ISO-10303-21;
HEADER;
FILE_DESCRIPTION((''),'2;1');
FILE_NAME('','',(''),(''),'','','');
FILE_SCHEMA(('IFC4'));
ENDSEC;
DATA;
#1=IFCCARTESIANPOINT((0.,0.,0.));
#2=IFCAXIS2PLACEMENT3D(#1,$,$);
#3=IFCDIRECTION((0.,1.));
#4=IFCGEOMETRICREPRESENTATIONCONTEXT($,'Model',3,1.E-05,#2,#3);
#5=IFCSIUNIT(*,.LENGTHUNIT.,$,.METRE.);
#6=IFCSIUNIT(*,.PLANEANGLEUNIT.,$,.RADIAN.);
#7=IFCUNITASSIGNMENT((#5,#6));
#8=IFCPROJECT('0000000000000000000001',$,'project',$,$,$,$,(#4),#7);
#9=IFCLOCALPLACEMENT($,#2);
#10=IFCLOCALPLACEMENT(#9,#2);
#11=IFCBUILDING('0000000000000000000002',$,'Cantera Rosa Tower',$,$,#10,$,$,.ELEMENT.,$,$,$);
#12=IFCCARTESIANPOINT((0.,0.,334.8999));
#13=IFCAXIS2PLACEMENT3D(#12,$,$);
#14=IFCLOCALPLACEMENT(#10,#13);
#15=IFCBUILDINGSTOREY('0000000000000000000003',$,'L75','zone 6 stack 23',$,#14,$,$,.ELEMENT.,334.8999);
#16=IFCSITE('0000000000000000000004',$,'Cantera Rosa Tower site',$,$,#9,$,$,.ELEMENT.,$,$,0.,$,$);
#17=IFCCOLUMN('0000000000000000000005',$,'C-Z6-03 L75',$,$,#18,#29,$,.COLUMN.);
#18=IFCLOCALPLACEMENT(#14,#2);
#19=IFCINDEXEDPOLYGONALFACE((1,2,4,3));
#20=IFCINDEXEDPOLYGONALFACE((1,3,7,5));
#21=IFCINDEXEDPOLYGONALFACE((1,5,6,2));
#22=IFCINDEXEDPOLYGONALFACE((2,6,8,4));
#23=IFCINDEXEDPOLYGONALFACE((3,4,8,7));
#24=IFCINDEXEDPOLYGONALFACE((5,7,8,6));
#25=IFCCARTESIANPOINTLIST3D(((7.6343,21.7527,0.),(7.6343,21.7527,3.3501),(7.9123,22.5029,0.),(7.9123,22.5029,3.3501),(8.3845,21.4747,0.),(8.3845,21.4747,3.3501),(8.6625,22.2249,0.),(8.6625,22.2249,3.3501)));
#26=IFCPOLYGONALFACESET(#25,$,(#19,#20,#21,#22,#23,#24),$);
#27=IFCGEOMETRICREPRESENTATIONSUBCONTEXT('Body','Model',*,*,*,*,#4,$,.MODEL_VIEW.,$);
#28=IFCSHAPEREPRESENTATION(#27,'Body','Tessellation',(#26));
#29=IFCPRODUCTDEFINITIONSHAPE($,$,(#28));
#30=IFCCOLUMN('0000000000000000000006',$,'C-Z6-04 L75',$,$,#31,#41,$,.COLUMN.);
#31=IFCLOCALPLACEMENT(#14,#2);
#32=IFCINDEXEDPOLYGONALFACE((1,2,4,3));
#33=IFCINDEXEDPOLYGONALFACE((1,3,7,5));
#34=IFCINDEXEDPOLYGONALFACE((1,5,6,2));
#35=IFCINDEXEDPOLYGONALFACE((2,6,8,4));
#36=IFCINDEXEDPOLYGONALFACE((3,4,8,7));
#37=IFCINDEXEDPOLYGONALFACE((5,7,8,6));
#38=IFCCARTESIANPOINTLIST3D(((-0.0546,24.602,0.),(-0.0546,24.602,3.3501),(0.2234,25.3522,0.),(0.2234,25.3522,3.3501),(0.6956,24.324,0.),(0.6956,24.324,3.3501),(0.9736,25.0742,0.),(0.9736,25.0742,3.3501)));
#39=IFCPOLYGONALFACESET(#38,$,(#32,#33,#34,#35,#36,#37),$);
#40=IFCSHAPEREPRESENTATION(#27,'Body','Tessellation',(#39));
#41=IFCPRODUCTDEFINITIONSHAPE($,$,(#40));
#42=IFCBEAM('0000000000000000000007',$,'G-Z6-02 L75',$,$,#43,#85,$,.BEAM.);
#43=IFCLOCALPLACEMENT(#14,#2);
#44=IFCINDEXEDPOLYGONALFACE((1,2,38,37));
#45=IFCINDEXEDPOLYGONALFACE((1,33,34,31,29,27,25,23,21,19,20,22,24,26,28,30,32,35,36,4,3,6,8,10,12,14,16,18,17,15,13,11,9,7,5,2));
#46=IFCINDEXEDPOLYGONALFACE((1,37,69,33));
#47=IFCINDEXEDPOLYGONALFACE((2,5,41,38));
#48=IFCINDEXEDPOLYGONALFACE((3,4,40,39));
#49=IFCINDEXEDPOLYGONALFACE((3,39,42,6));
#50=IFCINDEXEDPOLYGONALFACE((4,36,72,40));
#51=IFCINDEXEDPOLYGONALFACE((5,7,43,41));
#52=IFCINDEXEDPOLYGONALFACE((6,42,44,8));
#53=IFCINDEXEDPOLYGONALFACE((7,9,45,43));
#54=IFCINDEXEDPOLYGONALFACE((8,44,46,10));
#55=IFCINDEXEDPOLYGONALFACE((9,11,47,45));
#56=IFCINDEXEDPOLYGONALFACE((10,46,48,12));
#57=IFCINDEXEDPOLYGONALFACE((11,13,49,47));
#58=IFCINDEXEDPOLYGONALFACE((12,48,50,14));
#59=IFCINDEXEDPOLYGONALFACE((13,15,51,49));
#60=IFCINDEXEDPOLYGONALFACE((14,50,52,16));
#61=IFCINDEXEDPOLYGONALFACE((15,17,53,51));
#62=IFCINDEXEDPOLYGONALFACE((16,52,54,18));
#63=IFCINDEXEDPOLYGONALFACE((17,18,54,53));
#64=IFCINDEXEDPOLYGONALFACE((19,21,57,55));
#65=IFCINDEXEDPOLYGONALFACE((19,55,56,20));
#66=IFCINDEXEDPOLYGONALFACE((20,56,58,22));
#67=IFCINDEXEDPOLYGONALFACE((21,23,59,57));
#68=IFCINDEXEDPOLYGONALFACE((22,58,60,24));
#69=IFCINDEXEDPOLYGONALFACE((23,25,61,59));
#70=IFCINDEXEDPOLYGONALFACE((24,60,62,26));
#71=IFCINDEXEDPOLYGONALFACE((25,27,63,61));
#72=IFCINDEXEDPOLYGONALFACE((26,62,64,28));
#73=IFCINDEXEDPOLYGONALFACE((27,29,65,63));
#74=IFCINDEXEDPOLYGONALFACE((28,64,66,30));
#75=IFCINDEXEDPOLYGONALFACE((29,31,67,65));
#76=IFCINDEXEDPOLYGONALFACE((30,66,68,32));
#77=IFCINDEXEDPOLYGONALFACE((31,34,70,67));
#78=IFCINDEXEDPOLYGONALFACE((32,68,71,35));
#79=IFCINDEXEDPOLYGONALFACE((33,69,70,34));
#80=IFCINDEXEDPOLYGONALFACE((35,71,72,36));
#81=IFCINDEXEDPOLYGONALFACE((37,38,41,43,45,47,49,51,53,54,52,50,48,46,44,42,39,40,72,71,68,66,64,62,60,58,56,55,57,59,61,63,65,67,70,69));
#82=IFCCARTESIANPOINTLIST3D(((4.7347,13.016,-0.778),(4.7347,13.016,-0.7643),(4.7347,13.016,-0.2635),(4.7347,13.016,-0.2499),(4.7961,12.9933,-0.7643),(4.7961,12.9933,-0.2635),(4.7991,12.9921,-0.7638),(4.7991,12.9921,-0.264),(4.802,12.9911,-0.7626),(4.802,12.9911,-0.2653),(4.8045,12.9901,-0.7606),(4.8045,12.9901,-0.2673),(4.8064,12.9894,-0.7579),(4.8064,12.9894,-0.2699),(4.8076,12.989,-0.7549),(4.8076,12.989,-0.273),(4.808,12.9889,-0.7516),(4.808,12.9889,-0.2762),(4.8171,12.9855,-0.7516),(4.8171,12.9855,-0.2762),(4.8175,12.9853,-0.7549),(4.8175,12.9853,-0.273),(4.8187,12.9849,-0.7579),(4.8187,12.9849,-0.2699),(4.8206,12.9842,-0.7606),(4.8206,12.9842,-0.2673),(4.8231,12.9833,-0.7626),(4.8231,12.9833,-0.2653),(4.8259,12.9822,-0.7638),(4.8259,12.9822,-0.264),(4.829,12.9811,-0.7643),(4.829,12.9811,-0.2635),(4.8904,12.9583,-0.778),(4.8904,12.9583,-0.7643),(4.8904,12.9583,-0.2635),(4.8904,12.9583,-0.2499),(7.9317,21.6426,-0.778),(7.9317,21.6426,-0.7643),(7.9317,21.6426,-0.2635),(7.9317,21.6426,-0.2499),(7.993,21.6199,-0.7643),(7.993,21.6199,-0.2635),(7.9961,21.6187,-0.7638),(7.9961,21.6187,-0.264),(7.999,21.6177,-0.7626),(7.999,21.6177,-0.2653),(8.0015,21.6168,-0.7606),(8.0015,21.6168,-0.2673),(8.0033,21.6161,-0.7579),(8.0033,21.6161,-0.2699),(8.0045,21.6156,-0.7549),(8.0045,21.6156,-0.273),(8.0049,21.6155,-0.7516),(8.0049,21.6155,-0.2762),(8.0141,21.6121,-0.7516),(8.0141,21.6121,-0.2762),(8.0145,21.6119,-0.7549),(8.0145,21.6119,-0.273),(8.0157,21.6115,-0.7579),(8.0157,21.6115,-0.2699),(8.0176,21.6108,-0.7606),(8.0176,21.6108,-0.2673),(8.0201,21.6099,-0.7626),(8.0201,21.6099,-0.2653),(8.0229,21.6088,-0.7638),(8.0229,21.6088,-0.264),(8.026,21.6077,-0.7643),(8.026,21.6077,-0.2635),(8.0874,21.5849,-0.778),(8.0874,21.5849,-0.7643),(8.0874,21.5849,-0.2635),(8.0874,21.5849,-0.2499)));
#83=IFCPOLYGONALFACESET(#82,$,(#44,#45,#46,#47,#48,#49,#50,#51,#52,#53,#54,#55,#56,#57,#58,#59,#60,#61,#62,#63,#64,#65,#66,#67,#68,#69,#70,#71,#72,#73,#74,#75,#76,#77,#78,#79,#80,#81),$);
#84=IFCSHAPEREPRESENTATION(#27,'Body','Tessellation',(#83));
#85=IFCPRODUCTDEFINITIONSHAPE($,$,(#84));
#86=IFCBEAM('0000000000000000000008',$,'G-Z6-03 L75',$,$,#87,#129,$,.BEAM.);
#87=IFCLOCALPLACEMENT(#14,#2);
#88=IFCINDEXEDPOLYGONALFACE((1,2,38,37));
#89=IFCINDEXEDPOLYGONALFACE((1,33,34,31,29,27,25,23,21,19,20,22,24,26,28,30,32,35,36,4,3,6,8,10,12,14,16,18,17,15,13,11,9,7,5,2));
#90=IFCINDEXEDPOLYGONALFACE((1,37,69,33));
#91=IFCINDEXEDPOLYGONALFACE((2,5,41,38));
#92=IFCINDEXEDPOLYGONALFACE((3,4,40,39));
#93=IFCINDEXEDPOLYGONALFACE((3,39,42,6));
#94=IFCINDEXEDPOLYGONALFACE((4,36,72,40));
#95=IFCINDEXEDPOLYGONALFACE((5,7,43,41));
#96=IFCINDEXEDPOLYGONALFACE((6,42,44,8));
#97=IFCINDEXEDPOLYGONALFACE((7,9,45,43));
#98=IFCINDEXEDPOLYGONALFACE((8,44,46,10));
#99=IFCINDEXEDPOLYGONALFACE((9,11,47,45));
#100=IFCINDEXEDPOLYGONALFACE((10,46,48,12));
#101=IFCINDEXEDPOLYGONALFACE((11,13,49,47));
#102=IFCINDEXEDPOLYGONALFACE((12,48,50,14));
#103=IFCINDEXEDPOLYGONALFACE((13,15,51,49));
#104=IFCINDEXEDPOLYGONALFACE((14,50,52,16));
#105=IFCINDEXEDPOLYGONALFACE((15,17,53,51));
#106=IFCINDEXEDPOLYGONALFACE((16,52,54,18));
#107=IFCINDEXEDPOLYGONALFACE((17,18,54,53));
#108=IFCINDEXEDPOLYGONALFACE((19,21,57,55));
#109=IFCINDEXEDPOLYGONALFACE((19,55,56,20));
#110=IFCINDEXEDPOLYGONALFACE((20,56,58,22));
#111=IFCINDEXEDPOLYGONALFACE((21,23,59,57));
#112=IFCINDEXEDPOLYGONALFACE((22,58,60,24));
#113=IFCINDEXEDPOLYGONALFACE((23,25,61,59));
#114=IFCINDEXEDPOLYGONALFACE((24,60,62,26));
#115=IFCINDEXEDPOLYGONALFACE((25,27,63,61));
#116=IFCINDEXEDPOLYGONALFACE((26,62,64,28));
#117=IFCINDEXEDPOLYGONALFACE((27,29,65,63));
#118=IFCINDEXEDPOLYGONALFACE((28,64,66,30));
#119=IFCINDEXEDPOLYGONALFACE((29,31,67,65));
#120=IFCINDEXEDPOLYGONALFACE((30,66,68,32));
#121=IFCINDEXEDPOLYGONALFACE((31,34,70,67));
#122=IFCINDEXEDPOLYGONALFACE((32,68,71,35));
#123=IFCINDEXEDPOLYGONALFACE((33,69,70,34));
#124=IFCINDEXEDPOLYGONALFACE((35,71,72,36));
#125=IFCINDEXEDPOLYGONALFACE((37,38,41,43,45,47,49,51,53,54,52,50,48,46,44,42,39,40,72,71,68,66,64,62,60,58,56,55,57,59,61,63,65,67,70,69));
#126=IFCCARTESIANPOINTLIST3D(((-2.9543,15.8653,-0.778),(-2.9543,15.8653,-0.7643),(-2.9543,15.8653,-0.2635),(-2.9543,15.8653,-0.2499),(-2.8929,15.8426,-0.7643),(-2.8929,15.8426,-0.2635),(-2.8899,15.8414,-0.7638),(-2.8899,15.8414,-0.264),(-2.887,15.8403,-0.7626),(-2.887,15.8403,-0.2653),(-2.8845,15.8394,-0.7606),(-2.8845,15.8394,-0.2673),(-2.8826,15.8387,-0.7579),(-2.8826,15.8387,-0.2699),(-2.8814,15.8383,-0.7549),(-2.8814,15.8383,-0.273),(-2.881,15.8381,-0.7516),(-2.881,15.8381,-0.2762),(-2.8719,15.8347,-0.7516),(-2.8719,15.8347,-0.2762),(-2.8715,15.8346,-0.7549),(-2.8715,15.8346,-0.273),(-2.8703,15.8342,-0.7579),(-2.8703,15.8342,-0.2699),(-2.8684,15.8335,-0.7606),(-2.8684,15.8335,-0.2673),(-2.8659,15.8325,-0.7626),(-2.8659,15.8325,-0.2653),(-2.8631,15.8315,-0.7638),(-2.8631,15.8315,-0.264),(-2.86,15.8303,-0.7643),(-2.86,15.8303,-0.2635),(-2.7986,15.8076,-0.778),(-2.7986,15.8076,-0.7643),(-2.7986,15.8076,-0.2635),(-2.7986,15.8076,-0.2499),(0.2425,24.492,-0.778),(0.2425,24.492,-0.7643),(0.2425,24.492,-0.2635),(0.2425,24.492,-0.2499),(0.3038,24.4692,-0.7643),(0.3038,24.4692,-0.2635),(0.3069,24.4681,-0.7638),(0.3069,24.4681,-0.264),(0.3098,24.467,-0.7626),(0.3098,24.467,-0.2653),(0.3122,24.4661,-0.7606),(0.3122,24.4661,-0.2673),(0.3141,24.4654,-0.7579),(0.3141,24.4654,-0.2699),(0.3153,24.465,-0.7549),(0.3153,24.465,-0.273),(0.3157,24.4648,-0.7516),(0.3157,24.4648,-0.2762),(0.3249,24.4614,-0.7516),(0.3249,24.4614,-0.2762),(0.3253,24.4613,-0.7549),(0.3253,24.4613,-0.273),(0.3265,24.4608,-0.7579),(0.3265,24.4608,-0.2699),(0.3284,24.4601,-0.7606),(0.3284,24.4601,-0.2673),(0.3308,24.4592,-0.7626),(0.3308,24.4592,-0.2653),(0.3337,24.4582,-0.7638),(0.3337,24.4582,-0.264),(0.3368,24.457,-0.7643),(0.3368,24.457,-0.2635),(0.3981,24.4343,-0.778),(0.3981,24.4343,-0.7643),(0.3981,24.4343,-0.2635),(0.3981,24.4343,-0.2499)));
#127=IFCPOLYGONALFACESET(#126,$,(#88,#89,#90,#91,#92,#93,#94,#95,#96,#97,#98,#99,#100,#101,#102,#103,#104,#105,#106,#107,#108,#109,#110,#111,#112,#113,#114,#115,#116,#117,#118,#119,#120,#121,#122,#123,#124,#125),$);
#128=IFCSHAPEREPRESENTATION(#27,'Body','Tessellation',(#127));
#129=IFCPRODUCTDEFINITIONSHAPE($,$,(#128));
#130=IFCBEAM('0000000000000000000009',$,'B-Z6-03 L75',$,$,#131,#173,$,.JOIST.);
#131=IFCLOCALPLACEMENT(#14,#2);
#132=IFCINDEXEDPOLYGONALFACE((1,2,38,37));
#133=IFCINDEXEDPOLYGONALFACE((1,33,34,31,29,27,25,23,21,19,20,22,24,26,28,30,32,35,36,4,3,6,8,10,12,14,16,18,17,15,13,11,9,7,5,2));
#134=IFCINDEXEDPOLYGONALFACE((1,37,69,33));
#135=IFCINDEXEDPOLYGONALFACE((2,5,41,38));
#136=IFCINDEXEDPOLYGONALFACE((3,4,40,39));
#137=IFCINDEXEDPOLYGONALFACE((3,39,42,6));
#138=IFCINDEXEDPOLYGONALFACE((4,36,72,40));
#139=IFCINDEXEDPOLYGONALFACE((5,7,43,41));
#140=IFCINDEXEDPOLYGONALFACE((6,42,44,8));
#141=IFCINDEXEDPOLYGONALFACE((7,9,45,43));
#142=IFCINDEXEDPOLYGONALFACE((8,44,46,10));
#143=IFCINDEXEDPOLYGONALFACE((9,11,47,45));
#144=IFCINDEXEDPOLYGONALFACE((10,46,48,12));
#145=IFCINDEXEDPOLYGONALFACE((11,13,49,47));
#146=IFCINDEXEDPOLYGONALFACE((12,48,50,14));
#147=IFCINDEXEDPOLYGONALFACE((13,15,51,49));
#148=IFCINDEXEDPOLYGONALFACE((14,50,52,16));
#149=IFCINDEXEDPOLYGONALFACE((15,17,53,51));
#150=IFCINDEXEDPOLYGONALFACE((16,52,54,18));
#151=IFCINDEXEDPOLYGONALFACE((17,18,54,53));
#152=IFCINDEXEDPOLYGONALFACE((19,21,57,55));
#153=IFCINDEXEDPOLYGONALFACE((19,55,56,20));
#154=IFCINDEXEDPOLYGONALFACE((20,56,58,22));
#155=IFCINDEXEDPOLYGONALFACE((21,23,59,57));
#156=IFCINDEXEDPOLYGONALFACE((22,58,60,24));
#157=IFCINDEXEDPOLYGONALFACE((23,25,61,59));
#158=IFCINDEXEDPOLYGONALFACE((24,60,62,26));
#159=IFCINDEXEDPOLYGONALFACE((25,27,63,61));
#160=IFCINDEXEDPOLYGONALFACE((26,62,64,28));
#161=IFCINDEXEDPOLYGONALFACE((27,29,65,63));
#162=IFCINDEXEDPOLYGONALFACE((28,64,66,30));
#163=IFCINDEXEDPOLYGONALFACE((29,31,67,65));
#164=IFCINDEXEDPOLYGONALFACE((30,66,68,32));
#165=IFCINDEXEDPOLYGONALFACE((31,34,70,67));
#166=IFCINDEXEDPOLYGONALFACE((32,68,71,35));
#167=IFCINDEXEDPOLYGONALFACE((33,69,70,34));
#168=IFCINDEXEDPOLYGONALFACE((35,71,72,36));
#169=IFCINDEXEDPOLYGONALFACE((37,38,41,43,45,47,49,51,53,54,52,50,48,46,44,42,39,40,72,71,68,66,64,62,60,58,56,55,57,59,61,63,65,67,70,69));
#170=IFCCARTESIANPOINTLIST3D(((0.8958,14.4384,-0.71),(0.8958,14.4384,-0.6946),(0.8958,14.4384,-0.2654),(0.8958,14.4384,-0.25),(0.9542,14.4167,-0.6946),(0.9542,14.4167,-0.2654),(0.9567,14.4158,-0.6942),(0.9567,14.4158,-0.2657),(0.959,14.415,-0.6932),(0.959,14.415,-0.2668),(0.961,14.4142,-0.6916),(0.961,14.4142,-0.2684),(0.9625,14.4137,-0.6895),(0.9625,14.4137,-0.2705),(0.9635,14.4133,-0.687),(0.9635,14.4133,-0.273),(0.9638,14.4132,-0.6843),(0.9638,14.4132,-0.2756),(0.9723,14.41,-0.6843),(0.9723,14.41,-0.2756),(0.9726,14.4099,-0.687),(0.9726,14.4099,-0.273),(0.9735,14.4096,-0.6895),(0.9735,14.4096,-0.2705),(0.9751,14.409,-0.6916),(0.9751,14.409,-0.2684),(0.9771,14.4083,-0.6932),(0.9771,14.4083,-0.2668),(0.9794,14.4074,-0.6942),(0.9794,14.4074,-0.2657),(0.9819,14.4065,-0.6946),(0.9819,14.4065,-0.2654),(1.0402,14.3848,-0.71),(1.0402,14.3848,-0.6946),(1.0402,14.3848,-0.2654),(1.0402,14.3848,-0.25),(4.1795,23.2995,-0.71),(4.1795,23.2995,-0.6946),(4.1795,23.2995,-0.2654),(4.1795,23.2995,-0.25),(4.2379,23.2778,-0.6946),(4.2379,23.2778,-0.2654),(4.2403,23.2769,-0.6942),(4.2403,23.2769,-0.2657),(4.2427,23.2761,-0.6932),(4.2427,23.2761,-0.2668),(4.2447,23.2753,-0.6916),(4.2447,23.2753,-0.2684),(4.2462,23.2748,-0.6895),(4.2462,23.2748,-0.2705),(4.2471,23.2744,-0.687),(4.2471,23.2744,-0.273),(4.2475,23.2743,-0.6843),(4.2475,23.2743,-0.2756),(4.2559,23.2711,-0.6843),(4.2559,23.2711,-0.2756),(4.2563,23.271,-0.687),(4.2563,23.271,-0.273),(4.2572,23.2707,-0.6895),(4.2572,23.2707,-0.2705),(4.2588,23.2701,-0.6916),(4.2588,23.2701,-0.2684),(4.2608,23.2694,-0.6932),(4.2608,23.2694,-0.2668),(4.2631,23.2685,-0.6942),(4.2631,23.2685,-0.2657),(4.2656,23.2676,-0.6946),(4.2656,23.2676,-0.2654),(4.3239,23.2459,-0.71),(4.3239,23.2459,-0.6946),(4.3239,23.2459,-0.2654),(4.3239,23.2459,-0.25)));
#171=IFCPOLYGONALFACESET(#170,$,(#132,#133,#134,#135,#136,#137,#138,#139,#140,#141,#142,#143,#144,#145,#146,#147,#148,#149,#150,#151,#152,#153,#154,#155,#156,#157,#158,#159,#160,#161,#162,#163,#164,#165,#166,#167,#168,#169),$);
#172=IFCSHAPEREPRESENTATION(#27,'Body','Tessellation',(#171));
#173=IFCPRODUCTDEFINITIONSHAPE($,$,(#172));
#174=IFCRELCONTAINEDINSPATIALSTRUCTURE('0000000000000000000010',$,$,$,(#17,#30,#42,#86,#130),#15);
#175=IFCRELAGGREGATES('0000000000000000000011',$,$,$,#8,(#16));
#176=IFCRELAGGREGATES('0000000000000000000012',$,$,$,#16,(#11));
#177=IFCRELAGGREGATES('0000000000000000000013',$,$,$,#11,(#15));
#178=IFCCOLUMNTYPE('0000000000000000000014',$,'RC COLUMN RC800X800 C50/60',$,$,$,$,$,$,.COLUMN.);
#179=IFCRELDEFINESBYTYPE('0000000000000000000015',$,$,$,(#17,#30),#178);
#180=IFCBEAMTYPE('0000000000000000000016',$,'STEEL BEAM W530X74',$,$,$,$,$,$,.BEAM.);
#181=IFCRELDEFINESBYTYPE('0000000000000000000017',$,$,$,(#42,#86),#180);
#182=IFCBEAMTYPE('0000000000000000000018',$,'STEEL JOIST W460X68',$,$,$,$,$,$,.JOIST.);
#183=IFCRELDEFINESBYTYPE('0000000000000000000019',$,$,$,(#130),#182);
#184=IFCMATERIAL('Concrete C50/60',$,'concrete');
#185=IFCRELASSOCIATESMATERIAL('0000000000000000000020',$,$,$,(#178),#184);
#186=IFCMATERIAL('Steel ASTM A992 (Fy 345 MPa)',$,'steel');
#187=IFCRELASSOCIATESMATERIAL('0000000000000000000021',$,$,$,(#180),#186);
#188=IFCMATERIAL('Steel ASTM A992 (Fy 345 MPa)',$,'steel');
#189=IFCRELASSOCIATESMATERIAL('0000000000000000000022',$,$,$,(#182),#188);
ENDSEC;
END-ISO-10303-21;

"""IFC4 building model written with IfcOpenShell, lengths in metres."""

from ifc_helpers import new_model, si_unit, direction, frame, origin, origin_2d, place, context, subcontext, project, spatial, rectangle, i_section, extrude, material, material_profile, profile_set, type_object, element, save


model = new_model("IFC4")

# Units and contexts
model_context = context("Model", 3, precision=1e-05, world=origin(), true_north=direction((0.0, 1.0)))
body_context = subcontext(model_context, "Body", "Model", "MODEL_VIEW")
ifc_project = project(units=[si_unit("LENGTHUNIT", "METRE"), si_unit("PLANEANGLEUNIT", "RADIAN")], contexts=[model_context])

# Site, building, storey
site_placement = place(None, origin())
site = spatial("IfcSite", under=ifc_project, at=site_placement, Name="Cantera Rosa Tower site", CompositionType="ELEMENT", RefElevation=0.0)
building_placement = place(site_placement, origin())
building = spatial("IfcBuilding", under=site, at=building_placement, Name="Cantera Rosa Tower", CompositionType="ELEMENT")
storey_placement = place(building_placement, frame((0.0, 0.0, 334.8999)))
storey = spatial("IfcBuildingStorey", under=building, at=storey_placement, Name="L75", Description="zone 6 stack 23", CompositionType="ELEMENT", Elevation=334.8999)

# Columns
ifc_material_1 = material(Name="Concrete C50/60", Category="concrete")
ifc_material_profile_1 = material_profile(ifc_material_1, rectangle(XDim=0.8, YDim=0.8, at=origin_2d()), Name="RC COLUMN RC800X800 C50/60")
ifc_profile_set_1 = profile_set([ifc_material_profile_1], Name="Concrete C50/60")
column_type = type_object("IfcColumnType", Name="RC COLUMN RC800X800 C50/60", PredefinedType="COLUMN", material=ifc_profile_set_1)
for number, where, z_axis, x_axis, name in (
    (1, (8.1484, 21.9888, 0.0), (0.0, 0.0, 1.0), (0.347481, 0.937687, 0.0), "C-Z6-03 L75"),
    (2, (0.4595, 24.8381, 0.0), (0.0, 0.0, 1.0), (0.347481, 0.937687, 0.0), "C-Z6-04 L75"),
):
    element("IfcColumn", number, at=place(storey_placement, frame(where, z_axis=z_axis, x_axis=x_axis)), inside=storey, type_object=column_type, Name=name, PredefinedType="COLUMN", context=body_context, shape_type="SweptSolid", body=[
        extrude(rectangle(XDim=0.8, YDim=0.8, at=origin_2d()), origin(), (0.0, 0.0, 1.0), 3.3501),
    ])

# Beams
ifc_material_2 = material(Name="Steel ASTM A992 (Fy 345 MPa)", Category="steel")
ifc_material_profile_2 = material_profile(ifc_material_2, i_section(OverallWidth=0.166, OverallDepth=0.5281, WebThickness=0.0098, FlangeThickness=0.0137, FilletRadius=0.0127, at=origin_2d()), Name="W530X74")
ifc_profile_set_2 = profile_set([ifc_material_profile_2], Name="Steel ASTM A992 (Fy 345 MPa)")
beam_type_1 = type_object("IfcBeamType", Name="STEEL BEAM W530X74", PredefinedType="BEAM", material=ifc_profile_set_2)
for number, where, z_axis, x_axis, name in (
    (3, (8.0095, 21.6138, -0.5139), (-0.3475, -0.93768, 0.0), (0.93768, -0.3475, 0.0), "G-Z6-02 L75"),
    (4, (0.3203, 24.4631, -0.5139), (-0.347477, -0.937689, 0.0), (0.937689, -0.347477, 0.0), "G-Z6-03 L75"),
):
    element("IfcBeam", number, at=place(storey_placement, frame(where, z_axis=z_axis, x_axis=x_axis)), inside=storey, type_object=beam_type_1, Name=name, PredefinedType="BEAM", context=body_context, shape_type="SweptSolid", body=[
        extrude(i_section(OverallWidth=0.166, OverallDepth=0.5281, WebThickness=0.0098, FlangeThickness=0.0137, FilletRadius=0.0127, at=origin_2d()), origin(), (0.0, 0.0, 1.0), 9.2),
    ])
ifc_material_3 = material(Name="Steel ASTM A992 (Fy 345 MPa)", Category="steel")
ifc_material_profile_3 = material_profile(ifc_material_3, i_section(OverallWidth=0.1541, OverallDepth=0.46, WebThickness=0.009, FlangeThickness=0.0154, FilletRadius=0.0103, at=origin_2d()), Name="W460X68")
ifc_profile_set_3 = profile_set([ifc_material_profile_3], Name="Steel ASTM A992 (Fy 345 MPa)")
beam_type_2 = type_object("IfcBeamType", Name="STEEL JOIST W460X68", PredefinedType="JOIST", material=ifc_profile_set_3)
beam_1_placement = place(storey_placement, frame((4.2517, 23.2727, -0.48), z_axis=(-0.347483, -0.937686, 0.0), x_axis=(0.937686, -0.347483, 0.0)))
element("IfcBeam", 5, at=beam_1_placement, inside=storey, type_object=beam_type_2, Name="B-Z6-03 L75", PredefinedType="JOIST", context=body_context, shape_type="SweptSolid", body=[
    extrude(i_section(OverallWidth=0.1541, OverallDepth=0.46, WebThickness=0.009, FlangeThickness=0.0154, FilletRadius=0.0103, at=origin_2d()), origin(), (0.0, 0.0, 1.0), 9.45),
])

save(model, "model.ifc")
